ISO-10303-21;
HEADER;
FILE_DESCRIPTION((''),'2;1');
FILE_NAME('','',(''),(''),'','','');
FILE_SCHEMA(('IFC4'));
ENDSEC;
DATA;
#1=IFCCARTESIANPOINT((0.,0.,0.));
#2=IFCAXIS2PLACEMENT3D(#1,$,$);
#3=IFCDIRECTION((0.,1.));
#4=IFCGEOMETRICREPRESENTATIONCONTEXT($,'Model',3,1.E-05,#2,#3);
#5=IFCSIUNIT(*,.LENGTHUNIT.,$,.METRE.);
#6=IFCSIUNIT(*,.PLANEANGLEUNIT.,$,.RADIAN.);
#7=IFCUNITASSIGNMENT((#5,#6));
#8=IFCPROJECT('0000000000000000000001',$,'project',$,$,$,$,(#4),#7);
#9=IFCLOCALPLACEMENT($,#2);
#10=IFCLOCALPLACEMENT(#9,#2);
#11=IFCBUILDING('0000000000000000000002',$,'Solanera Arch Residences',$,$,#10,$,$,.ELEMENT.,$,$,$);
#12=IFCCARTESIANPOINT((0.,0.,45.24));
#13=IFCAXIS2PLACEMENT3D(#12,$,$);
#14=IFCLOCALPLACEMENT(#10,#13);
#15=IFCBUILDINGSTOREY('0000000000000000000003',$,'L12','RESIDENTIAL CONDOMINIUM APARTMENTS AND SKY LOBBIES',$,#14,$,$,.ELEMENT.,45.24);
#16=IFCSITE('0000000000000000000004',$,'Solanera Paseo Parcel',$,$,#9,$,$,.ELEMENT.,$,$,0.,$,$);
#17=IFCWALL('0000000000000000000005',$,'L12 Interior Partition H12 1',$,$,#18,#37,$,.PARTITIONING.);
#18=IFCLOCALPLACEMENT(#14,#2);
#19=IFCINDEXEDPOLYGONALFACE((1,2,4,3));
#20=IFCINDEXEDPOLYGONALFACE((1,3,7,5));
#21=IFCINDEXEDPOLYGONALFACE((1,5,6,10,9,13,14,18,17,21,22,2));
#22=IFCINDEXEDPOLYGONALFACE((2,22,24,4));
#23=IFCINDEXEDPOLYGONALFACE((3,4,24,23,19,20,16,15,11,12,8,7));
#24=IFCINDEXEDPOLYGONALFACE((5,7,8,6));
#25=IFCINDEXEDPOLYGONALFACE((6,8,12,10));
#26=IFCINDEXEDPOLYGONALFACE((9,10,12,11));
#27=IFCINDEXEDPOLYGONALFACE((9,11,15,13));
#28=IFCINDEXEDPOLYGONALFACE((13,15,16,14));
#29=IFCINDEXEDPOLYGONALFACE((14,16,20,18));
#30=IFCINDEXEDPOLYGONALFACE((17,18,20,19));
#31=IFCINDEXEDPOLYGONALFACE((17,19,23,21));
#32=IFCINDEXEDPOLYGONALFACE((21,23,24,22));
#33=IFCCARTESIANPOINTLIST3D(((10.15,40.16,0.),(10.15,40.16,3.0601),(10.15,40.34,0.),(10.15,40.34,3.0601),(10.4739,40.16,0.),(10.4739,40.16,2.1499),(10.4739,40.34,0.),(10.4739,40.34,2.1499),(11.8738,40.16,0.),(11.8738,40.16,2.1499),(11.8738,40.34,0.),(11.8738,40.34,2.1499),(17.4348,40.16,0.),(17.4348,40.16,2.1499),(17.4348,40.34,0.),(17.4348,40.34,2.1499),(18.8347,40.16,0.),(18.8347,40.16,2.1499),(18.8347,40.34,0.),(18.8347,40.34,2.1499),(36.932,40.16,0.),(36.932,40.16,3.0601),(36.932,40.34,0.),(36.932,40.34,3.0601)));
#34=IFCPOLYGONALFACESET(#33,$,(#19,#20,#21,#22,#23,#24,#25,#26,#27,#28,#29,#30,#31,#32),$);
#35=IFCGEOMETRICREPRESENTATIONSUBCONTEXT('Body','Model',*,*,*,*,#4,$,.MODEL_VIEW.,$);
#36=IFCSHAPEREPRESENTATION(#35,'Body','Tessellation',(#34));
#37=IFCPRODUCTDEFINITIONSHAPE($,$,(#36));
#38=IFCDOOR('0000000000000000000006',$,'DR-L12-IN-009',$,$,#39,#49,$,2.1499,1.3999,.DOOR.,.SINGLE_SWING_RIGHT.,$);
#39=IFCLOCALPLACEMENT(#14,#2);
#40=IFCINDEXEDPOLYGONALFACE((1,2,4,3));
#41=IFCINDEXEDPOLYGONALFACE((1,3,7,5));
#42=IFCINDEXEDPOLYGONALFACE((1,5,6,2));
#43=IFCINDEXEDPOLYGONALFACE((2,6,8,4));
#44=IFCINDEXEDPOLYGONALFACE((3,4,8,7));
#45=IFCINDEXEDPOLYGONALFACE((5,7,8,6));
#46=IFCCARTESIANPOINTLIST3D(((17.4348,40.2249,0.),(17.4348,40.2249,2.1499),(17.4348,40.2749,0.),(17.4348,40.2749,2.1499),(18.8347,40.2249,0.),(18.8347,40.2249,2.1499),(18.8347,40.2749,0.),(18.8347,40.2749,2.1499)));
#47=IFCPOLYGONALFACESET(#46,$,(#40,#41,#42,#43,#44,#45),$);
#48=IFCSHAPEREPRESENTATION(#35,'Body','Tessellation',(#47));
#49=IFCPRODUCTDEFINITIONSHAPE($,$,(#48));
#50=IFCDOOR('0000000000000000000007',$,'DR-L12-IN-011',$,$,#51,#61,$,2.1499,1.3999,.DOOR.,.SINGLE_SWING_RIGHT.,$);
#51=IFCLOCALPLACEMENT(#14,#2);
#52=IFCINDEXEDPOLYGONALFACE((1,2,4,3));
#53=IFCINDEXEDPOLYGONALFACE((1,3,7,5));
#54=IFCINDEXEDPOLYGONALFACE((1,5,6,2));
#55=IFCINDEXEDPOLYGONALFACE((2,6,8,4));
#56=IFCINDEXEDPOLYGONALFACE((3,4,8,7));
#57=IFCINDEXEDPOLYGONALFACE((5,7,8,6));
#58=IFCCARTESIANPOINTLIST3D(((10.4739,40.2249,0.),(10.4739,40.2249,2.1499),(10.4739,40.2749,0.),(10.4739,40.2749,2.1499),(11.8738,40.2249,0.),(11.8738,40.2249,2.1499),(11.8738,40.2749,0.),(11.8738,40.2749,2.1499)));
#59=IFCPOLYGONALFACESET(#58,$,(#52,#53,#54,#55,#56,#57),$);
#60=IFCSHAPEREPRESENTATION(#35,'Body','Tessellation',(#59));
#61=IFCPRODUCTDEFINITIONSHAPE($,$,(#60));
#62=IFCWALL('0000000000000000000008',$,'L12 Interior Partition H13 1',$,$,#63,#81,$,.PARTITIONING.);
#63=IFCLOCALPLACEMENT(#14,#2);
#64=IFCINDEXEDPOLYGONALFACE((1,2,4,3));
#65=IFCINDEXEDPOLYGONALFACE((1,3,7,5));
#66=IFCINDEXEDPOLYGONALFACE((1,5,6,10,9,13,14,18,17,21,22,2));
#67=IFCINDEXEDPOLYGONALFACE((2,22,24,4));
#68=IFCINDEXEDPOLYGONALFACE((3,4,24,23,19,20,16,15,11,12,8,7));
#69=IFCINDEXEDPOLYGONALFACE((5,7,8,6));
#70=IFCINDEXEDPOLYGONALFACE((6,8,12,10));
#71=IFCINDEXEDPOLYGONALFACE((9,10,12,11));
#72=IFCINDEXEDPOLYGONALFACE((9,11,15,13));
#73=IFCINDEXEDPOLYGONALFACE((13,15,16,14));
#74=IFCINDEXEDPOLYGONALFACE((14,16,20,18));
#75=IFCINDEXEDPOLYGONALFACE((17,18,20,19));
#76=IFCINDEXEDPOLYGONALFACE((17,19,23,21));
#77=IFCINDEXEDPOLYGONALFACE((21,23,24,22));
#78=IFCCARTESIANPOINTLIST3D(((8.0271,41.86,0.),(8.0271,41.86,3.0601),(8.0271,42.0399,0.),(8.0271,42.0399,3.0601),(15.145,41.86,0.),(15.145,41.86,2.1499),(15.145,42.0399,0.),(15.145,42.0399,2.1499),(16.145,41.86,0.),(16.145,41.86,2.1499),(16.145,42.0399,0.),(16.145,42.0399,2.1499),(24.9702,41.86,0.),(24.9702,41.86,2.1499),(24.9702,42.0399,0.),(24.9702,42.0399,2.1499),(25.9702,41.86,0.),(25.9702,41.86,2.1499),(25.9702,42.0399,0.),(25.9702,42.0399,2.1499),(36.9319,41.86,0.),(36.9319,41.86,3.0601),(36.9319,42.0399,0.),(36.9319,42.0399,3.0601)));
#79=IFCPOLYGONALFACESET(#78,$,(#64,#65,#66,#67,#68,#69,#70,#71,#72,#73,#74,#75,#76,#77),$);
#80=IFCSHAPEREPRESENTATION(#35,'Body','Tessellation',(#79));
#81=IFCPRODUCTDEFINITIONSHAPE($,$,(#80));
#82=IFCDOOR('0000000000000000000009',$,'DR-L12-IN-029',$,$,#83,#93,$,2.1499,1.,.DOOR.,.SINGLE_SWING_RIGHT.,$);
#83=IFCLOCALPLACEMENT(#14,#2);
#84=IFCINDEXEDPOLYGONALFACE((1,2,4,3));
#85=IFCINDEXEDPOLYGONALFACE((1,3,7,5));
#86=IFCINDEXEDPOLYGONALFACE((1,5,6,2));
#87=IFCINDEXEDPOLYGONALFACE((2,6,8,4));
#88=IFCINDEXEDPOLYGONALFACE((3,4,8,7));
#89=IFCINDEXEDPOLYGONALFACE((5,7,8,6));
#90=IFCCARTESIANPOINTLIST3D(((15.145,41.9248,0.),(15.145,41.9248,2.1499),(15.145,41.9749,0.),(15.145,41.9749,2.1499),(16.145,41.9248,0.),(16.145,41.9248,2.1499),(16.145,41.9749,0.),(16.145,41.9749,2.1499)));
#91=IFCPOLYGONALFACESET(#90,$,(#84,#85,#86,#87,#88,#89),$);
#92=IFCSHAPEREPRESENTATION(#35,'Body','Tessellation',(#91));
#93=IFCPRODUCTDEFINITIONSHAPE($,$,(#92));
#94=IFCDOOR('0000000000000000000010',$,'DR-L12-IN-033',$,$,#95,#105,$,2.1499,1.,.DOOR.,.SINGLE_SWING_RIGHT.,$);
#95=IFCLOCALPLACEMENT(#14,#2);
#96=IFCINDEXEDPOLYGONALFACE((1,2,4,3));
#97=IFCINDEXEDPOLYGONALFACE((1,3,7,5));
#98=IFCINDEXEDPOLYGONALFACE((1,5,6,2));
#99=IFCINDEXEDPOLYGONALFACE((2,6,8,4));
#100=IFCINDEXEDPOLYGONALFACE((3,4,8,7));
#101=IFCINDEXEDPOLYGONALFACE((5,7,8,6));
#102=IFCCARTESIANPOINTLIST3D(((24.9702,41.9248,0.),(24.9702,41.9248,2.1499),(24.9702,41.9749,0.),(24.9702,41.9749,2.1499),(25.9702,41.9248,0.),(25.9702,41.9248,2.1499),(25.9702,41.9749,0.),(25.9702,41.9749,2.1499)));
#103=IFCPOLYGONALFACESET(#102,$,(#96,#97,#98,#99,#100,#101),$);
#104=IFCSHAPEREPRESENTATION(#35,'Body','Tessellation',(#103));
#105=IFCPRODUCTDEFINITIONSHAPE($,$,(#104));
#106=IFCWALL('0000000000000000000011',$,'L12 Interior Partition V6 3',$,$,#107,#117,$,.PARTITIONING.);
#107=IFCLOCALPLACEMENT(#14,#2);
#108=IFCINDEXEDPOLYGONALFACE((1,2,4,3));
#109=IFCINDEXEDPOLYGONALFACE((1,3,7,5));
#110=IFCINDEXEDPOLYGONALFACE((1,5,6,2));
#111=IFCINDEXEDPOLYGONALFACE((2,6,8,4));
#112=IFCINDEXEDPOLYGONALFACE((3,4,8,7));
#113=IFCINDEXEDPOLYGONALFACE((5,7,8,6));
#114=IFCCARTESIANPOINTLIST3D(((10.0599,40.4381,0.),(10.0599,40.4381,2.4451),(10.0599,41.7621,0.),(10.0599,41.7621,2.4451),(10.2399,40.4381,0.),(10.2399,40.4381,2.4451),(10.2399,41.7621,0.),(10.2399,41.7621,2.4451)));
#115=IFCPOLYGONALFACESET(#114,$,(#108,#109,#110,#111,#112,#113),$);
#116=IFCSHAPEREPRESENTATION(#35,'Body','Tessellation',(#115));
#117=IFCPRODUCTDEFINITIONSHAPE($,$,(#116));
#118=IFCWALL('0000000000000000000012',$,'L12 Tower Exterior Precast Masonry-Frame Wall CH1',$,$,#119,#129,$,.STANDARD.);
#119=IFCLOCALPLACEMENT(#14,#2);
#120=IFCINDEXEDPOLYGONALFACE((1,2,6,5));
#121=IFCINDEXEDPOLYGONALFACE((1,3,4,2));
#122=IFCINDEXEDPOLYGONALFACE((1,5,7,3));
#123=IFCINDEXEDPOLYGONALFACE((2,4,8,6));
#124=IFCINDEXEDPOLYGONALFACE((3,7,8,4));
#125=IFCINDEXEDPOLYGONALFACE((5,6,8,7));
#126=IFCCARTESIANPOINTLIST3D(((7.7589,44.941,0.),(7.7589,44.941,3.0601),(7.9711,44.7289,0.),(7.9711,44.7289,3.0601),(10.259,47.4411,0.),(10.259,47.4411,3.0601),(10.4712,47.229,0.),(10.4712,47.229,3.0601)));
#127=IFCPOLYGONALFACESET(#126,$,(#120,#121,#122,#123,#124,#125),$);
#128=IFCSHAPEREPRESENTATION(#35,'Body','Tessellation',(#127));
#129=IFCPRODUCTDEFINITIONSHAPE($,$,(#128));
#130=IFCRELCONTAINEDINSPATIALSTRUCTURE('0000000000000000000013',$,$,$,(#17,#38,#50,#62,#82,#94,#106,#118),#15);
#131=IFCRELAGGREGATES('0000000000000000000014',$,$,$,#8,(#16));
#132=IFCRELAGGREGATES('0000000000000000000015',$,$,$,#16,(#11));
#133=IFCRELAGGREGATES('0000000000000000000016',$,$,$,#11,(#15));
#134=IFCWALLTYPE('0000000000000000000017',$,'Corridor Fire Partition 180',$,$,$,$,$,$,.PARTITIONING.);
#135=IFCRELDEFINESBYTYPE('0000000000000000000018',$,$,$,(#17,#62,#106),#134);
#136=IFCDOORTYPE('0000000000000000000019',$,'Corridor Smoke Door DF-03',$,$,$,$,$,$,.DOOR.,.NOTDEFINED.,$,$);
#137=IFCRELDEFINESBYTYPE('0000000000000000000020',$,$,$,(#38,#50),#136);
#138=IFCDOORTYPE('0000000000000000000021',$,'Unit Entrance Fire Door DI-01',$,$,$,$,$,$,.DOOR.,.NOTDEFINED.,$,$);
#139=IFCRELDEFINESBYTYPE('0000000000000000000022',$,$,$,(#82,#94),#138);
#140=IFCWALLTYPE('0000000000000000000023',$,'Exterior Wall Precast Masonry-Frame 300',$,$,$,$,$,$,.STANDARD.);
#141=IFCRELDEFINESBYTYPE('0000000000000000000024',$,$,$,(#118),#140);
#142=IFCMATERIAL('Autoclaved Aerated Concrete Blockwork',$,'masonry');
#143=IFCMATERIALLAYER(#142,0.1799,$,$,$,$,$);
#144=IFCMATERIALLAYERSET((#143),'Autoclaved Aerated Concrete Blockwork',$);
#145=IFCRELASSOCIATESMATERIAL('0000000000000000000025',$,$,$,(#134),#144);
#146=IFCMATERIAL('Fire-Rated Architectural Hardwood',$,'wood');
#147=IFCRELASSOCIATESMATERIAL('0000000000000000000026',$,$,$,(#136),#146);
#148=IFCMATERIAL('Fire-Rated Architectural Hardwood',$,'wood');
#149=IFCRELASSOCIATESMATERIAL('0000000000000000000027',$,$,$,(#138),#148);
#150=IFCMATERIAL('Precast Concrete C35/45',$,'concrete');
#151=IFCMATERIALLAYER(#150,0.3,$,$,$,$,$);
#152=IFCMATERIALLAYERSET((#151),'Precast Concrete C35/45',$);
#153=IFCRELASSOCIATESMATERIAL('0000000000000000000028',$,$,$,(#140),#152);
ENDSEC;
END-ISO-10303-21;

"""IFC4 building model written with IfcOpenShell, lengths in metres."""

from ifc_helpers import new_model, si_unit, direction, frame, frame_2d, origin, place, context, subcontext, project, spatial, rectangle, extrude, material, layer, layer_set, type_object, element, fill, save


model = new_model("IFC4")

# Units and contexts
model_context = context("Model", 3, precision=1e-05, world=origin(), true_north=direction((0.0, 1.0)))
body_context = subcontext(model_context, "Body", "Model", "MODEL_VIEW")
ifc_project = project(units=[si_unit("LENGTHUNIT", "METRE"), si_unit("PLANEANGLEUNIT", "RADIAN")], contexts=[model_context])

# Site, building, storey
site_placement = place(None, origin())
site = spatial("IfcSite", under=ifc_project, at=site_placement, Name="Solanera Paseo Parcel", CompositionType="ELEMENT", RefElevation=0.0)
building_placement = place(site_placement, origin())
building = spatial("IfcBuilding", under=site, at=building_placement, Name="Solanera Arch Residences", CompositionType="ELEMENT")
storey_placement = place(building_placement, frame((0.0, 0.0, 45.24)))
storey = spatial("IfcBuildingStorey", under=building, at=storey_placement, Name="L12", Description="RESIDENTIAL CONDOMINIUM APARTMENTS AND SKY LOBBIES", CompositionType="ELEMENT", Elevation=45.24)

# Walls, openings, doors
ifc_material_1 = material(Name="Autoclaved Aerated Concrete Blockwork", Category="masonry")
ifc_layer_1 = layer(ifc_material_1, 0.1799)
ifc_layer_set_1 = layer_set([ifc_layer_1], Name="Autoclaved Aerated Concrete Blockwork")
wall_type_1 = type_object("IfcWallType", Name="Corridor Fire Partition 180", PredefinedType="PARTITIONING", material=ifc_layer_set_1)
wall_1_placement = place(storey_placement, frame((10.1499, 40.25, 0.0), z_axis=(0.0, 0.0, 1.0), x_axis=(1.0, 0.0, 0.0)))
wall_1 = element("IfcWall", 1, at=wall_1_placement, inside=storey, type_object=wall_type_1, Name="L12 Interior Partition H12 1", PredefinedType="PARTITIONING", context=body_context, shape_type="SweptSolid", body=[
    extrude(rectangle(XDim=26.782, YDim=0.1799, at=frame_2d((13.3911, 0.0))), origin(), (0.0, 0.0, 1.0), 3.0601),
])
opening_1_placement = place(wall_1_placement, frame((7.2849, 0.0, 0.0)))
opening_1 = element("IfcOpeningElement", 2, at=opening_1_placement, cuts=wall_1, PredefinedType="OPENING", context=body_context, shape_type="SweptSolid", body=[
    extrude(rectangle(XDim=1.3999, YDim=2.1499, at=frame_2d((0.7, 1.075))), frame((0.0, 0.1001, 0.0), z_axis=(0.0, -1.0, 0.0), x_axis=(1.0, 0.0, 0.0)), (0.0, 0.0, 1.0), 0.1999),
])
opening_2_placement = place(wall_1_placement, frame((0.324, 0.0, 0.0)))
opening_2 = element("IfcOpeningElement", 3, at=opening_2_placement, cuts=wall_1, PredefinedType="OPENING", context=body_context, shape_type="SweptSolid", body=[
    extrude(rectangle(XDim=1.3999, YDim=2.1499, at=frame_2d((0.7, 1.075))), frame((0.0, 0.1001, 0.0), z_axis=(0.0, -1.0, 0.0), x_axis=(1.0, 0.0, 0.0)), (0.0, 0.0, 1.0), 0.1999),
])
ifc_material_2 = material(Name="Fire-Rated Architectural Hardwood", Category="wood")
door_type_1 = type_object("IfcDoorType", Name="Corridor Smoke Door DF-03", OperationType="NOTDEFINED", PredefinedType="DOOR", material=ifc_material_2)
door_1_placement = place(opening_1_placement, origin())
door_1 = element("IfcDoor", 4, at=door_1_placement, inside=storey, type_object=door_type_1, Name="DR-L12-IN-009", OperationType="SINGLE_SWING_RIGHT", OverallHeight=2.1499, OverallWidth=1.3999, PredefinedType="DOOR", context=body_context, shape_type="SweptSolid", body=[
    extrude(rectangle(XDim=1.3999, YDim=2.1499, at=frame_2d((0.7, 1.075))), frame((0.0, 0.0249, 0.0), z_axis=(0.0, -1.0, 0.0), x_axis=(1.0, 0.0, 0.0)), (0.0, 0.0, 1.0), 0.05),
])
fill(opening_1, door_1)
door_2_placement = place(opening_2_placement, origin())
door_2 = element("IfcDoor", 5, at=door_2_placement, inside=storey, type_object=door_type_1, Name="DR-L12-IN-011", OperationType="SINGLE_SWING_RIGHT", OverallHeight=2.1499, OverallWidth=1.3999, PredefinedType="DOOR", context=body_context, shape_type="SweptSolid", body=[
    extrude(rectangle(XDim=1.3999, YDim=2.1499, at=frame_2d((0.7, 1.075))), frame((0.0, 0.0249, 0.0), z_axis=(0.0, -1.0, 0.0), x_axis=(1.0, 0.0, 0.0)), (0.0, 0.0, 1.0), 0.05),
])
fill(opening_2, door_2)
wall_2_placement = place(storey_placement, frame((8.0271, 41.95, 0.0), z_axis=(0.0, 0.0, 1.0), x_axis=(1.0, 0.0, 0.0)))
wall_2 = element("IfcWall", 6, at=wall_2_placement, inside=storey, type_object=wall_type_1, Name="L12 Interior Partition H13 1", PredefinedType="PARTITIONING", context=body_context, shape_type="SweptSolid", body=[
    extrude(rectangle(XDim=28.9048, YDim=0.1799, at=frame_2d((14.4524, 0.0))), origin(), (0.0, 0.0, 1.0), 3.0601),
])
opening_3_placement = place(wall_2_placement, frame((7.1179, 0.0, 0.0)))
opening_3 = element("IfcOpeningElement", 7, at=opening_3_placement, cuts=wall_2, PredefinedType="OPENING", context=body_context, shape_type="SweptSolid", body=[
    extrude(rectangle(XDim=1.0, YDim=2.1499, at=frame_2d((0.5, 1.075))), frame((0.0, 0.1001, 0.0), z_axis=(0.0, -1.0, 0.0), x_axis=(1.0, 0.0, 0.0)), (0.0, 0.0, 1.0), 0.1999),
])
opening_4_placement = place(wall_2_placement, frame((16.9431, 0.0, 0.0)))
opening_4 = element("IfcOpeningElement", 8, at=opening_4_placement, cuts=wall_2, PredefinedType="OPENING", context=body_context, shape_type="SweptSolid", body=[
    extrude(rectangle(XDim=1.0, YDim=2.1499, at=frame_2d((0.5, 1.075))), frame((0.0, 0.1001, 0.0), z_axis=(0.0, -1.0, 0.0), x_axis=(1.0, 0.0, 0.0)), (0.0, 0.0, 1.0), 0.1999),
])
ifc_material_3 = material(Name="Fire-Rated Architectural Hardwood", Category="wood")
door_type_2 = type_object("IfcDoorType", Name="Unit Entrance Fire Door DI-01", OperationType="NOTDEFINED", PredefinedType="DOOR", material=ifc_material_3)
door_3_placement = place(opening_3_placement, origin())
door_3 = element("IfcDoor", 9, at=door_3_placement, inside=storey, type_object=door_type_2, Name="DR-L12-IN-029", OperationType="SINGLE_SWING_RIGHT", OverallHeight=2.1499, OverallWidth=1.0, PredefinedType="DOOR", context=body_context, shape_type="SweptSolid", body=[
    extrude(rectangle(XDim=1.0, YDim=2.1499, at=frame_2d((0.5, 1.075))), frame((0.0, 0.0249, 0.0), z_axis=(0.0, -1.0, 0.0), x_axis=(1.0, 0.0, 0.0)), (0.0, 0.0, 1.0), 0.05),
])
fill(opening_3, door_3)
door_4_placement = place(opening_4_placement, origin())
door_4 = element("IfcDoor", 10, at=door_4_placement, inside=storey, type_object=door_type_2, Name="DR-L12-IN-033", OperationType="SINGLE_SWING_RIGHT", OverallHeight=2.1499, OverallWidth=1.0, PredefinedType="DOOR", context=body_context, shape_type="SweptSolid", body=[
    extrude(rectangle(XDim=1.0, YDim=2.1499, at=frame_2d((0.5, 1.075))), frame((0.0, 0.0249, 0.0), z_axis=(0.0, -1.0, 0.0), x_axis=(1.0, 0.0, 0.0)), (0.0, 0.0, 1.0), 0.05),
])
fill(opening_4, door_4)

# Walls
wall_3_placement = place(storey_placement, frame((10.1499, 40.438, 0.0), z_axis=(0.0, 0.0, 1.0), x_axis=(0.0, 1.0, 0.0)))
element("IfcWall", 11, at=wall_3_placement, inside=storey, type_object=wall_type_1, Name="L12 Interior Partition V6 3", PredefinedType="PARTITIONING", context=body_context, shape_type="SweptSolid", body=[
    extrude(rectangle(XDim=1.324, YDim=0.1799, at=frame_2d((0.6621, 0.0))), origin(), (0.0, 0.0, 1.0), 2.4451),
])
ifc_material_4 = material(Name="Precast Concrete C35/45", Category="concrete")
ifc_layer_2 = layer(ifc_material_4, 0.3)
ifc_layer_set_2 = layer_set([ifc_layer_2], Name="Precast Concrete C35/45")
wall_type_2 = type_object("IfcWallType", Name="Exterior Wall Precast Masonry-Frame 300", PredefinedType="STANDARD", material=ifc_layer_set_2)
wall_4_placement = place(storey_placement, frame((7.865, 44.835, 0.0), z_axis=(0.0, 0.0, 1.0), x_axis=(0.707107, 0.707107, 0.0)))
element("IfcWall", 12, at=wall_4_placement, inside=storey, type_object=wall_type_2, Name="L12 Tower Exterior Precast Masonry-Frame Wall CH1", PredefinedType="STANDARD", context=body_context, shape_type="SweptSolid", body=[
    extrude(rectangle(XDim=3.5356, YDim=0.3, at=frame_2d((1.7678, 0.0))), origin(), (0.0, 0.0, 1.0), 3.0601),
])

save(model, "model.ifc")
